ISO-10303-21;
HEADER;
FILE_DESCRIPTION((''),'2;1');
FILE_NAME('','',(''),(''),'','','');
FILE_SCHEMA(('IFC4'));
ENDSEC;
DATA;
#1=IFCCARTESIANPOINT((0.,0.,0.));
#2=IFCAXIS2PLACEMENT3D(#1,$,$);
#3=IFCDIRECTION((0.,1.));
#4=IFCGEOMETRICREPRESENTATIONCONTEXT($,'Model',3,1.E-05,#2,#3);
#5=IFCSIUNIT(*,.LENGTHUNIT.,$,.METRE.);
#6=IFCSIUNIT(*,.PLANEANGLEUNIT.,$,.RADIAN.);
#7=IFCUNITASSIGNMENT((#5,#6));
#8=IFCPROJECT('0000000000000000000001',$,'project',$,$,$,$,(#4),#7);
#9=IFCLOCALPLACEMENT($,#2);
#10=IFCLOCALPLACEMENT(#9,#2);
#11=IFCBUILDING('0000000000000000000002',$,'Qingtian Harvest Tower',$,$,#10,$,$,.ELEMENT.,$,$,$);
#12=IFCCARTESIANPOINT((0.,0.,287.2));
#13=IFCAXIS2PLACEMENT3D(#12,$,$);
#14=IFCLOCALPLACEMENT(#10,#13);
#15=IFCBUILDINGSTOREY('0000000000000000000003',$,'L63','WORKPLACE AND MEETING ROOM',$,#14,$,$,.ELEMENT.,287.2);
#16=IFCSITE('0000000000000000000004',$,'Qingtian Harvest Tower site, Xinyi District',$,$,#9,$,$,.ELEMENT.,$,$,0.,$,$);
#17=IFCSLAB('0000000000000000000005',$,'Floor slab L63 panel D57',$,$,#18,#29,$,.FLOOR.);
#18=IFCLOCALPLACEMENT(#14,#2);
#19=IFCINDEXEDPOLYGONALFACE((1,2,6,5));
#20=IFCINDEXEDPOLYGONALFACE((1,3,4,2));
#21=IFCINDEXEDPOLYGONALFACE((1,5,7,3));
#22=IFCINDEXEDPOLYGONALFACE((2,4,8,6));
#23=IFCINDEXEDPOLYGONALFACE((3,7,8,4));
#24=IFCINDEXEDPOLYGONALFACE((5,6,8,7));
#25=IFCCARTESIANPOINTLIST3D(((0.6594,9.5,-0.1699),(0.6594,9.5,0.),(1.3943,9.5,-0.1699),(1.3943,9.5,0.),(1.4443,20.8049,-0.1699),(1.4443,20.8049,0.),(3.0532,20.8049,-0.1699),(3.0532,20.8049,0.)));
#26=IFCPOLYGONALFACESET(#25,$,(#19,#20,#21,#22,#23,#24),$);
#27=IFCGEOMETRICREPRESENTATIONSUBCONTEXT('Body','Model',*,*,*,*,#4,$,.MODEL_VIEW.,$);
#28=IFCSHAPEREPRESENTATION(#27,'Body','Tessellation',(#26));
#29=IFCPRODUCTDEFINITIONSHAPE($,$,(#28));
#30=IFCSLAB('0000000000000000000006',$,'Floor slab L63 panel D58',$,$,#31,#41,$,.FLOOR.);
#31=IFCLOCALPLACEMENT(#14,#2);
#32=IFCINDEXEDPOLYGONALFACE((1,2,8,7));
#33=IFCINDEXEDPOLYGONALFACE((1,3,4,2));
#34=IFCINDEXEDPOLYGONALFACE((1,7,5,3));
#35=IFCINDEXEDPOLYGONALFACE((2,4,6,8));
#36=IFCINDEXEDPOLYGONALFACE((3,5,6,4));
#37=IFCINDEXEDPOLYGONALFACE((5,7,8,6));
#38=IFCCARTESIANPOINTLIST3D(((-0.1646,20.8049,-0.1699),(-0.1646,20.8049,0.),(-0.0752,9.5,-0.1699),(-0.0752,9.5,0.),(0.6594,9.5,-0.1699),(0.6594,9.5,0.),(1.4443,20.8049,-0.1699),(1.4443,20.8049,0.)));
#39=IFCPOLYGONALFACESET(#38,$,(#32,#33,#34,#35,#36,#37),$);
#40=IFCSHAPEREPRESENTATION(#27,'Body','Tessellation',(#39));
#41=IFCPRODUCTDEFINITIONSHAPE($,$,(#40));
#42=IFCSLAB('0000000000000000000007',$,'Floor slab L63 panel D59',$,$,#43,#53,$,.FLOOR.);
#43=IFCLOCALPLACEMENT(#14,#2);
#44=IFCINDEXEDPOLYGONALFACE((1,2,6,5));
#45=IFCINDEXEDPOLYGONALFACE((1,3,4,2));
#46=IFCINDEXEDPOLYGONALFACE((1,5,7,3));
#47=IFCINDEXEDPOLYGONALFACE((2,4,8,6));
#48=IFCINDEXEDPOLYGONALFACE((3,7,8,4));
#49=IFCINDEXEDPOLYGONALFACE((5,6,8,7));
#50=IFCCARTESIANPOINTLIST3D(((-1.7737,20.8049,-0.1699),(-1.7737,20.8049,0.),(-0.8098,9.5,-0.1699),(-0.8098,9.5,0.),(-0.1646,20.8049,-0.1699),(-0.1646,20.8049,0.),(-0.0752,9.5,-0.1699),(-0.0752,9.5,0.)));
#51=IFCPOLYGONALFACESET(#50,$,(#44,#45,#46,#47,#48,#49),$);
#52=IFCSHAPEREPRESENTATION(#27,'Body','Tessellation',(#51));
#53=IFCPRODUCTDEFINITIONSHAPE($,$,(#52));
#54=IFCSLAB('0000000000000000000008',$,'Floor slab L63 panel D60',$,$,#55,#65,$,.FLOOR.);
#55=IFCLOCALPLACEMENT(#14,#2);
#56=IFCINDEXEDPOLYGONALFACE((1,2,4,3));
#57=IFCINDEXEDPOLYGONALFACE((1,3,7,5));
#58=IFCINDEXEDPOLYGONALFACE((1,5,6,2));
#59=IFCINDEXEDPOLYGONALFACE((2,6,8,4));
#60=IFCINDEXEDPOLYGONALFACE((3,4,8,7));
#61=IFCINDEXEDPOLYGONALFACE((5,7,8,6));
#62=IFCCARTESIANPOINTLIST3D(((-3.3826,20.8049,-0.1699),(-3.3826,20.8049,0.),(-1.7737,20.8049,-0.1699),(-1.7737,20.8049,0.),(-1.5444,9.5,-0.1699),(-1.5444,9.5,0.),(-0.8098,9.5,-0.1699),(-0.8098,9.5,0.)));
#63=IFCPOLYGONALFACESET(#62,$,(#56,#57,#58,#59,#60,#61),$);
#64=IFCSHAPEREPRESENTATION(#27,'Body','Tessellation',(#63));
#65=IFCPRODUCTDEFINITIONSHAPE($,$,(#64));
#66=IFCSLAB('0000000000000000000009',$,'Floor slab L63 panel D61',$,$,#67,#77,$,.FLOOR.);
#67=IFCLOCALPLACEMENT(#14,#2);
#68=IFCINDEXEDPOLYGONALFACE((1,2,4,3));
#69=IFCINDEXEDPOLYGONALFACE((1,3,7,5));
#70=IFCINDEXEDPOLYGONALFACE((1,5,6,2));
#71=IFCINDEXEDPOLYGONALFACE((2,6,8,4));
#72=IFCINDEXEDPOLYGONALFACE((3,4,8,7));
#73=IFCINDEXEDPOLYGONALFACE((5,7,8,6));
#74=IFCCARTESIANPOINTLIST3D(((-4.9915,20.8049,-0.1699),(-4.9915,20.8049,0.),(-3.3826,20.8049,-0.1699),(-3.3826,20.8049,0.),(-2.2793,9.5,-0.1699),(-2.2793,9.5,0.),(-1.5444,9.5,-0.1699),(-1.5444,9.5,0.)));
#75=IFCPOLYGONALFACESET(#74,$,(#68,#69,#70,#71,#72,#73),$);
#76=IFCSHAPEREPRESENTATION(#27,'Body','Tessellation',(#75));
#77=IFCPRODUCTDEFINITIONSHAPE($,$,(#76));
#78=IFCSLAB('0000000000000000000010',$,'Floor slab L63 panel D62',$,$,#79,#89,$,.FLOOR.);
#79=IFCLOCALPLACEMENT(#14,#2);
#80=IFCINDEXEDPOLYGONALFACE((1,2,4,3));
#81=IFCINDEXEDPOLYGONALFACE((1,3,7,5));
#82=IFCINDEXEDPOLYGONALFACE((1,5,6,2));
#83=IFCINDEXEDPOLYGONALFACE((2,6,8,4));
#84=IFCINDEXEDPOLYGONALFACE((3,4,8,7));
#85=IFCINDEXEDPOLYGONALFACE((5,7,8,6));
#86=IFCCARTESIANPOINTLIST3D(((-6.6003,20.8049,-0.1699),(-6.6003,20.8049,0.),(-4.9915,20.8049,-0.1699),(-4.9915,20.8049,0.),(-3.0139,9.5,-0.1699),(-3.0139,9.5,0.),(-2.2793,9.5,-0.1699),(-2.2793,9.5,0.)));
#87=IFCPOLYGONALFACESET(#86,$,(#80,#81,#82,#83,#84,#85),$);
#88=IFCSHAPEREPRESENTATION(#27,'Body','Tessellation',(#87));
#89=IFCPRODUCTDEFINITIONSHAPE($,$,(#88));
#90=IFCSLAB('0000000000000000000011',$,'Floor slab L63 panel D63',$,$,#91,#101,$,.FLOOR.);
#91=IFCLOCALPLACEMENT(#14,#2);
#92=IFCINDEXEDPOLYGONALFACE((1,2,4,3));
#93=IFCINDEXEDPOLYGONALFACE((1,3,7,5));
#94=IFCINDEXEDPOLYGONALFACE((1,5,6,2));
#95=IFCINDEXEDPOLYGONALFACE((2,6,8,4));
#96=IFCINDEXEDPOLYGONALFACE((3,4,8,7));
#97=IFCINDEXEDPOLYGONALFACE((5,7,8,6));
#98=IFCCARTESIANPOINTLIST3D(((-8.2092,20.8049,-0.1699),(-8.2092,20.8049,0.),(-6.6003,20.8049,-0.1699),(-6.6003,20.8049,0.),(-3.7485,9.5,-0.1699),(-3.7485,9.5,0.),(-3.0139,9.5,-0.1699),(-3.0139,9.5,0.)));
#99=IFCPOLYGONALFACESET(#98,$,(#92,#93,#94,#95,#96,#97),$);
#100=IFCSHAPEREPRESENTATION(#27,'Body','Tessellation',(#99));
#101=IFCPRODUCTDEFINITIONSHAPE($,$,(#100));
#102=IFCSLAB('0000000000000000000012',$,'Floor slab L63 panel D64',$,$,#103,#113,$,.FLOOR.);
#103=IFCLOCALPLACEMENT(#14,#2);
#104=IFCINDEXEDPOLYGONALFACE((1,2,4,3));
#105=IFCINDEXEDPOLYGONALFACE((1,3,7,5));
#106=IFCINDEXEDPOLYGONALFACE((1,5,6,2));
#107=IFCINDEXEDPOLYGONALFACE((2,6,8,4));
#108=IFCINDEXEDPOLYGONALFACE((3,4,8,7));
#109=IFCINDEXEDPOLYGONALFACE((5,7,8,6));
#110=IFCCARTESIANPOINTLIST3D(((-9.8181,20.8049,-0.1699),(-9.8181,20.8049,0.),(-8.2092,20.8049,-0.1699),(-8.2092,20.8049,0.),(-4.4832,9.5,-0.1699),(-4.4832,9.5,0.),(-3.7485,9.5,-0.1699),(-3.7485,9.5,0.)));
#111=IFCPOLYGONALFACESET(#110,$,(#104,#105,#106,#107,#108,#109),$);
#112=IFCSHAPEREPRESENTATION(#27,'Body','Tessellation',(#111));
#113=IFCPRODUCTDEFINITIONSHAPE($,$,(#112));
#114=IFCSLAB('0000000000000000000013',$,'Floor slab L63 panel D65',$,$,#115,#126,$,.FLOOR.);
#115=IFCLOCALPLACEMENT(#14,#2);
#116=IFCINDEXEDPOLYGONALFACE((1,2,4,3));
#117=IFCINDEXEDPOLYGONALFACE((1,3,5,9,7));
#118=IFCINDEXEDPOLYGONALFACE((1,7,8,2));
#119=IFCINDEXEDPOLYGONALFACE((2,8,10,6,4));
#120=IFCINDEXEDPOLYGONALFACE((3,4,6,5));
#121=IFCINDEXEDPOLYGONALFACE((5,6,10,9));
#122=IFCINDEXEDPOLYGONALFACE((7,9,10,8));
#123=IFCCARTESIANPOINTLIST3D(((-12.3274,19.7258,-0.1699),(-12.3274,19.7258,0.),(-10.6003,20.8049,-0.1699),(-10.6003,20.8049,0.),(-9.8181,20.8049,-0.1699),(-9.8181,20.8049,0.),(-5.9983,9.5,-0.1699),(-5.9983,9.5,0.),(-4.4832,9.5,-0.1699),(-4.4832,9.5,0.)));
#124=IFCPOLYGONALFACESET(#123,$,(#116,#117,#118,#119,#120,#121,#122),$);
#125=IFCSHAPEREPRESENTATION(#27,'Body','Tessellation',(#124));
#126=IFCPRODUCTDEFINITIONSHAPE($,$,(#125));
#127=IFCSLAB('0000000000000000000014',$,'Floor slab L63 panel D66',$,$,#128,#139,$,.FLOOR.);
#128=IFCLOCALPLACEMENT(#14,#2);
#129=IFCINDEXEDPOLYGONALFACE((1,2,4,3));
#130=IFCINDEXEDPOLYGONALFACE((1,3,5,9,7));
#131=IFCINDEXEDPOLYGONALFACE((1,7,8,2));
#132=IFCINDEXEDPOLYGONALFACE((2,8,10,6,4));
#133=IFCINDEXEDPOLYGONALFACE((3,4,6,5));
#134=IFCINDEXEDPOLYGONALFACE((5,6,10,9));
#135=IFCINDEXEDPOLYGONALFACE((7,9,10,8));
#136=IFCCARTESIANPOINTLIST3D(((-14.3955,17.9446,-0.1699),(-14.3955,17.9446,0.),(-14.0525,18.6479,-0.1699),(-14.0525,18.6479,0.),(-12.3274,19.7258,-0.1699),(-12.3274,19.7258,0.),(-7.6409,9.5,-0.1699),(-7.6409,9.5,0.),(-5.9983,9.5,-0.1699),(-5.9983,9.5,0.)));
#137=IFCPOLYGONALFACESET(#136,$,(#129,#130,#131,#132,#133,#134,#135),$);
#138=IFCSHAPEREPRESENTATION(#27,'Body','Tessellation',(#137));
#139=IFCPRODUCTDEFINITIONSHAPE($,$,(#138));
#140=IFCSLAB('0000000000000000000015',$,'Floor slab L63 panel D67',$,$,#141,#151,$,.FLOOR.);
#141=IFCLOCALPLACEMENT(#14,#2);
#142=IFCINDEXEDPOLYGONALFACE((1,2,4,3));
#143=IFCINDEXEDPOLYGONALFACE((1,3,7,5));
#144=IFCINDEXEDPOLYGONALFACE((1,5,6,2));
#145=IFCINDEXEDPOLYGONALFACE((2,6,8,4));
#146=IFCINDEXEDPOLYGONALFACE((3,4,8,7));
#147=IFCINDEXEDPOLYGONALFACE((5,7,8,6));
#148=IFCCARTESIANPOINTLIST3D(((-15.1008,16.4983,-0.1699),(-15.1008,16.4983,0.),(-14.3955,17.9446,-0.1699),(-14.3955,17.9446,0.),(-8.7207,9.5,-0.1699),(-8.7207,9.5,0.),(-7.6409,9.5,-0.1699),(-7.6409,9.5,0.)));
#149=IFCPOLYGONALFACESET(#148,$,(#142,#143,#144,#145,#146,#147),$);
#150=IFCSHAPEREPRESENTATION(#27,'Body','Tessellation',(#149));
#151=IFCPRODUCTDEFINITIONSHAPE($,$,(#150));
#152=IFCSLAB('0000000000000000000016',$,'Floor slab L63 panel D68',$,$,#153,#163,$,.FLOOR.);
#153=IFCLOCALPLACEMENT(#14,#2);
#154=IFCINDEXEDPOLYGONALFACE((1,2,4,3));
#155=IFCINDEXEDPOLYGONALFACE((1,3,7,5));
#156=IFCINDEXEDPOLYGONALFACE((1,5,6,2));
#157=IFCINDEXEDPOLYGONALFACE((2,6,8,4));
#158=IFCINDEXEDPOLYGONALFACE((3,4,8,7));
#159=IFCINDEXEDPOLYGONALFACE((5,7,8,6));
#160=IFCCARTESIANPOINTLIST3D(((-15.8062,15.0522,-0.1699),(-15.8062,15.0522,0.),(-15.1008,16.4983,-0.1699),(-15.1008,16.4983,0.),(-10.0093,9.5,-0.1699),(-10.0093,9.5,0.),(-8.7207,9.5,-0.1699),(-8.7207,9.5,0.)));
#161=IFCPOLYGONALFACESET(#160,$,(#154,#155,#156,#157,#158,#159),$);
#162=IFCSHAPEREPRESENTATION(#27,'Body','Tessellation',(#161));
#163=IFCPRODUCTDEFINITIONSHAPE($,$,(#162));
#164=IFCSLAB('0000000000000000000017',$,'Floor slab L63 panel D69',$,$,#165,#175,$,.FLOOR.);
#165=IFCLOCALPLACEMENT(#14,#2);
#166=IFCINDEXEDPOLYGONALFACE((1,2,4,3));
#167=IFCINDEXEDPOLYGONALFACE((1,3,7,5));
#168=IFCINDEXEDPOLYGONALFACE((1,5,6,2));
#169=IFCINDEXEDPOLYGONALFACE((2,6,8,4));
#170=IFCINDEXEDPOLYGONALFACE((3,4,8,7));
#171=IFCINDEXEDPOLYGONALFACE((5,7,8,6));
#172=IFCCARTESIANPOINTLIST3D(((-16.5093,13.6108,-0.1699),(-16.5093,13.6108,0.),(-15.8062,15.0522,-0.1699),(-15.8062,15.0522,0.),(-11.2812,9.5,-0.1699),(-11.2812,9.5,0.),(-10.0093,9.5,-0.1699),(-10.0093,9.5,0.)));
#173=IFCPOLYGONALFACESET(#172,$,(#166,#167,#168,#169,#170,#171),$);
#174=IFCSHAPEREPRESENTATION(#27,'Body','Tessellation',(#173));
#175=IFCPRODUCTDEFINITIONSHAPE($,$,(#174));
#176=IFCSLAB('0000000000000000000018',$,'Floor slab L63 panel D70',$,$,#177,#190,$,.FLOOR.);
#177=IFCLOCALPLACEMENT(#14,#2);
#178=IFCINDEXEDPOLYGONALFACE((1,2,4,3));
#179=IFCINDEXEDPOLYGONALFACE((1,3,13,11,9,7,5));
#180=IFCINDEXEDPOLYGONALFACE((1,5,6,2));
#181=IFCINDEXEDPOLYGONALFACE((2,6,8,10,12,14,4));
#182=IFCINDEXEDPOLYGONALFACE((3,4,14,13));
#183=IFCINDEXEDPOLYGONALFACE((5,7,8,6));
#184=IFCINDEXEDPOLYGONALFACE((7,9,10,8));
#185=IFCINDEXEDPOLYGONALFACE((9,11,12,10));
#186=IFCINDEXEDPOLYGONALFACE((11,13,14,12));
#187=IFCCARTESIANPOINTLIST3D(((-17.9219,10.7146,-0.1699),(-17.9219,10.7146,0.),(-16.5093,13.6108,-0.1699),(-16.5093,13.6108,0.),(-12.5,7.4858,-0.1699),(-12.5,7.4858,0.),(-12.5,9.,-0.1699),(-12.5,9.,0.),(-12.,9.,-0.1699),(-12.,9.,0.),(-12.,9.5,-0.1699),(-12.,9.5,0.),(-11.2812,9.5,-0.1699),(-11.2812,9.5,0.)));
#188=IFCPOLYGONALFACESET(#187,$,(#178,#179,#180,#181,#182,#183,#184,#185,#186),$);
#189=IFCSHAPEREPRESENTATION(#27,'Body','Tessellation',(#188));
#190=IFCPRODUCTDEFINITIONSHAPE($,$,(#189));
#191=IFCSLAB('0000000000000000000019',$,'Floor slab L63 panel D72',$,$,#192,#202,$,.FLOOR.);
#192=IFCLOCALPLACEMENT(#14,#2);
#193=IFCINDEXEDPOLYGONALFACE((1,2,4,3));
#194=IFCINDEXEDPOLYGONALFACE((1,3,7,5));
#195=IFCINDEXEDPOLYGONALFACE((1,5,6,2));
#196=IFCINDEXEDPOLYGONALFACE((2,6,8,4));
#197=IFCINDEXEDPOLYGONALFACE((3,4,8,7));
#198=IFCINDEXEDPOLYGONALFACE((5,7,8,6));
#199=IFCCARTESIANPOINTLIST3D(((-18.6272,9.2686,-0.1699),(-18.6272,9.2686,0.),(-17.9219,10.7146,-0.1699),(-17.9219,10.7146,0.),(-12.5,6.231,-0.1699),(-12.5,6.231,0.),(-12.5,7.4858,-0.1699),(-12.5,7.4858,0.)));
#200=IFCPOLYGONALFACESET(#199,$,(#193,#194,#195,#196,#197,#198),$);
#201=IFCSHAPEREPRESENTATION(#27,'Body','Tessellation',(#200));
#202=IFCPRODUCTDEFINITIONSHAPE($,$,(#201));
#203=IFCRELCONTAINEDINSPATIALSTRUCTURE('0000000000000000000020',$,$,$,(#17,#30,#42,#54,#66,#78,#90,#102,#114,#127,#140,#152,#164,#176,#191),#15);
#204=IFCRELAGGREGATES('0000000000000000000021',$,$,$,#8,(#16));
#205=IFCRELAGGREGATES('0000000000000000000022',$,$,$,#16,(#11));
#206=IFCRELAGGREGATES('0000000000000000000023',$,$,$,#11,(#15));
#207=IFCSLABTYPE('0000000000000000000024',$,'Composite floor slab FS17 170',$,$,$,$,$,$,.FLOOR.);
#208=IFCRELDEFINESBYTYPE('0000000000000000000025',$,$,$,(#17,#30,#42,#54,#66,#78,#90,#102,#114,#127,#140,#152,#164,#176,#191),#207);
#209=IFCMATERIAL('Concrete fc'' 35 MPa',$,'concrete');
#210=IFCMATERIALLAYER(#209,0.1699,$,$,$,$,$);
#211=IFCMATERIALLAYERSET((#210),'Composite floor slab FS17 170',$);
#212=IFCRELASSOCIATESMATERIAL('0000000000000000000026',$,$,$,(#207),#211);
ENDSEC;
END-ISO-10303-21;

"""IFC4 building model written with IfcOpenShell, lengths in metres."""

from ifc_helpers import new_model, si_unit, direction, frame, origin, place, context, subcontext, project, spatial, polyline, outline, extrude, material, layer, layer_set, type_object, element, save


model = new_model("IFC4")

# Units and contexts
model_context = context("Model", 3, precision=1e-05, world=origin(), true_north=direction((0.0, 1.0)))
body_context = subcontext(model_context, "Body", "Model", "MODEL_VIEW")
ifc_project = project(units=[si_unit("LENGTHUNIT", "METRE"), si_unit("PLANEANGLEUNIT", "RADIAN")], contexts=[model_context])

# Site, building, storey
site_placement = place(None, origin())
site = spatial("IfcSite", under=ifc_project, at=site_placement, Name="Qingtian Harvest Tower site, Xinyi District", CompositionType="ELEMENT", RefElevation=0.0)
building_placement = place(site_placement, origin())
building = spatial("IfcBuilding", under=site, at=building_placement, Name="Qingtian Harvest Tower", CompositionType="ELEMENT")
storey_placement = place(building_placement, frame((0.0, 0.0, 287.2)))
storey = spatial("IfcBuildingStorey", under=building, at=storey_placement, Name="L63", Description="WORKPLACE AND MEETING ROOM", CompositionType="ELEMENT", Elevation=287.2)

# Slabs
ifc_material_1 = material(Name="Concrete fc' 35 MPa", Category="concrete")
ifc_layer_1 = layer(ifc_material_1, 0.1699)
ifc_layer_set_1 = layer_set([ifc_layer_1], Name="Composite floor slab FS17 170")
slab_type = type_object("IfcSlabType", Name="Composite floor slab FS17 170", PredefinedType="FLOOR", material=ifc_layer_set_1)
slab_1_placement = place(storey_placement, frame((0.0, 0.0, -0.1699)))
element("IfcSlab", 1, at=slab_1_placement, inside=storey, type_object=slab_type, Name="Floor slab L63 panel D57", PredefinedType="FLOOR", context=body_context, shape_type="SweptSolid", body=[
    extrude(outline(polyline([(0.6594, 9.5), (1.4443, 20.8049), (3.0532, 20.8049), (1.3943, 9.5), (0.6594, 9.5)])), origin(), (0.0, 0.0, 1.0), 0.1699),
])
slab_2_placement = place(storey_placement, frame((0.0, 0.0, -0.1699)))
element("IfcSlab", 2, at=slab_2_placement, inside=storey, type_object=slab_type, Name="Floor slab L63 panel D58", PredefinedType="FLOOR", context=body_context, shape_type="SweptSolid", body=[
    extrude(outline(polyline([(-0.0752, 9.5), (-0.1646, 20.8049), (1.4443, 20.8049), (0.6594, 9.5), (-0.0752, 9.5)])), origin(), (0.0, 0.0, 1.0), 0.1699),
])
slab_3_placement = place(storey_placement, frame((0.0, 0.0, -0.1699)))
element("IfcSlab", 3, at=slab_3_placement, inside=storey, type_object=slab_type, Name="Floor slab L63 panel D59", PredefinedType="FLOOR", context=body_context, shape_type="SweptSolid", body=[
    extrude(outline(polyline([(-0.8098, 9.5), (-1.7737, 20.8049), (-0.1646, 20.8049), (-0.0752, 9.5), (-0.8098, 9.5)])), origin(), (0.0, 0.0, 1.0), 0.1699),
])
slab_4_placement = place(storey_placement, frame((0.0, 0.0, -0.1699)))
element("IfcSlab", 4, at=slab_4_placement, inside=storey, type_object=slab_type, Name="Floor slab L63 panel D60", PredefinedType="FLOOR", context=body_context, shape_type="SweptSolid", body=[
    extrude(outline(polyline([(-1.5444, 9.5), (-3.3826, 20.8049), (-1.7737, 20.8049), (-0.8098, 9.5), (-1.5444, 9.5)])), origin(), (0.0, 0.0, 1.0), 0.1699),
])
slab_5_placement = place(storey_placement, frame((0.0, 0.0, -0.1699)))
element("IfcSlab", 5, at=slab_5_placement, inside=storey, type_object=slab_type, Name="Floor slab L63 panel D61", PredefinedType="FLOOR", context=body_context, shape_type="SweptSolid", body=[
    extrude(outline(polyline([(-2.2793, 9.5), (-4.9915, 20.8049), (-3.3826, 20.8049), (-1.5444, 9.5), (-2.2793, 9.5)])), origin(), (0.0, 0.0, 1.0), 0.1699),
])
slab_6_placement = place(storey_placement, frame((0.0, 0.0, -0.1699)))
element("IfcSlab", 6, at=slab_6_placement, inside=storey, type_object=slab_type, Name="Floor slab L63 panel D62", PredefinedType="FLOOR", context=body_context, shape_type="SweptSolid", body=[
    extrude(outline(polyline([(-3.0139, 9.5), (-6.6003, 20.8049), (-4.9915, 20.8049), (-2.2793, 9.5), (-3.0139, 9.5)])), origin(), (0.0, 0.0, 1.0), 0.1699),
])
slab_7_placement = place(storey_placement, frame((0.0, 0.0, -0.1699)))
element("IfcSlab", 7, at=slab_7_placement, inside=storey, type_object=slab_type, Name="Floor slab L63 panel D63", PredefinedType="FLOOR", context=body_context, shape_type="SweptSolid", body=[
    extrude(outline(polyline([(-3.7485, 9.5), (-8.2092, 20.8049), (-6.6003, 20.8049), (-3.0139, 9.5), (-3.7485, 9.5)])), origin(), (0.0, 0.0, 1.0), 0.1699),
])
slab_8_placement = place(storey_placement, frame((0.0, 0.0, -0.1699)))
element("IfcSlab", 8, at=slab_8_placement, inside=storey, type_object=slab_type, Name="Floor slab L63 panel D64", PredefinedType="FLOOR", context=body_context, shape_type="SweptSolid", body=[
    extrude(outline(polyline([(-4.4832, 9.5), (-9.8181, 20.8049), (-8.2092, 20.8049), (-3.7485, 9.5), (-4.4832, 9.5)])), origin(), (0.0, 0.0, 1.0), 0.1699),
])
slab_9_placement = place(storey_placement, frame((0.0, 0.0, -0.1699)))
element("IfcSlab", 9, at=slab_9_placement, inside=storey, type_object=slab_type, Name="Floor slab L63 panel D65", PredefinedType="FLOOR", context=body_context, shape_type="SweptSolid", body=[
    extrude(outline(polyline([(-4.4832, 9.5), (-5.9983, 9.5), (-12.3274, 19.7258), (-10.6003, 20.8049), (-9.8181, 20.8049), (-4.4832, 9.5)])), origin(), (0.0, 0.0, 1.0), 0.1699),
])
slab_10_placement = place(storey_placement, frame((0.0, 0.0, -0.1699)))
element("IfcSlab", 10, at=slab_10_placement, inside=storey, type_object=slab_type, Name="Floor slab L63 panel D66", PredefinedType="FLOOR", context=body_context, shape_type="SweptSolid", body=[
    extrude(outline(polyline([(-5.9983, 9.5), (-7.6409, 9.5), (-14.3955, 17.9446), (-14.0525, 18.6479), (-12.3274, 19.7258), (-5.9983, 9.5)])), origin(), (0.0, 0.0, 1.0), 0.1699),
])
slab_11_placement = place(storey_placement, frame((0.0, 0.0, -0.1699)))
element("IfcSlab", 11, at=slab_11_placement, inside=storey, type_object=slab_type, Name="Floor slab L63 panel D67", PredefinedType="FLOOR", context=body_context, shape_type="SweptSolid", body=[
    extrude(outline(polyline([(-8.7207, 9.5), (-15.1008, 16.4983), (-14.3955, 17.9446), (-7.6409, 9.5), (-8.7207, 9.5)])), origin(), (0.0, 0.0, 1.0), 0.1699),
])
slab_12_placement = place(storey_placement, frame((0.0, 0.0, -0.1699)))
element("IfcSlab", 12, at=slab_12_placement, inside=storey, type_object=slab_type, Name="Floor slab L63 panel D68", PredefinedType="FLOOR", context=body_context, shape_type="SweptSolid", body=[
    extrude(outline(polyline([(-10.0093, 9.5), (-15.8062, 15.0522), (-15.1008, 16.4983), (-8.7207, 9.5), (-10.0093, 9.5)])), origin(), (0.0, 0.0, 1.0), 0.1699),
])
slab_13_placement = place(storey_placement, frame((0.0, 0.0, -0.1699)))
element("IfcSlab", 13, at=slab_13_placement, inside=storey, type_object=slab_type, Name="Floor slab L63 panel D69", PredefinedType="FLOOR", context=body_context, shape_type="SweptSolid", body=[
    extrude(outline(polyline([(-11.2812, 9.5), (-16.5093, 13.6108), (-15.8062, 15.0522), (-10.0093, 9.5), (-11.2812, 9.5)])), origin(), (0.0, 0.0, 1.0), 0.1699),
])
slab_14_placement = place(storey_placement, frame((0.0, 0.0, -0.1699)))
element("IfcSlab", 14, at=slab_14_placement, inside=storey, type_object=slab_type, Name="Floor slab L63 panel D70", PredefinedType="FLOOR", context=body_context, shape_type="SweptSolid", body=[
    extrude(outline(polyline([(-12.0, 9.0), (-12.5, 9.0), (-12.5, 7.4858), (-17.9219, 10.7146), (-16.5093, 13.6108), (-11.2812, 9.5), (-12.0, 9.5), (-12.0, 9.0)])), origin(), (0.0, 0.0, 1.0), 0.1699),
])
slab_15_placement = place(storey_placement, frame((0.0, 0.0, -0.1699)))
element("IfcSlab", 15, at=slab_15_placement, inside=storey, type_object=slab_type, Name="Floor slab L63 panel D72", PredefinedType="FLOOR", context=body_context, shape_type="SweptSolid", body=[
    extrude(outline(polyline([(-12.5, 6.231), (-18.6272, 9.2686), (-17.9219, 10.7146), (-12.5, 7.4858), (-12.5, 6.231)])), origin(), (0.0, 0.0, 1.0), 0.1699),
])

save(model, "model.ifc")
